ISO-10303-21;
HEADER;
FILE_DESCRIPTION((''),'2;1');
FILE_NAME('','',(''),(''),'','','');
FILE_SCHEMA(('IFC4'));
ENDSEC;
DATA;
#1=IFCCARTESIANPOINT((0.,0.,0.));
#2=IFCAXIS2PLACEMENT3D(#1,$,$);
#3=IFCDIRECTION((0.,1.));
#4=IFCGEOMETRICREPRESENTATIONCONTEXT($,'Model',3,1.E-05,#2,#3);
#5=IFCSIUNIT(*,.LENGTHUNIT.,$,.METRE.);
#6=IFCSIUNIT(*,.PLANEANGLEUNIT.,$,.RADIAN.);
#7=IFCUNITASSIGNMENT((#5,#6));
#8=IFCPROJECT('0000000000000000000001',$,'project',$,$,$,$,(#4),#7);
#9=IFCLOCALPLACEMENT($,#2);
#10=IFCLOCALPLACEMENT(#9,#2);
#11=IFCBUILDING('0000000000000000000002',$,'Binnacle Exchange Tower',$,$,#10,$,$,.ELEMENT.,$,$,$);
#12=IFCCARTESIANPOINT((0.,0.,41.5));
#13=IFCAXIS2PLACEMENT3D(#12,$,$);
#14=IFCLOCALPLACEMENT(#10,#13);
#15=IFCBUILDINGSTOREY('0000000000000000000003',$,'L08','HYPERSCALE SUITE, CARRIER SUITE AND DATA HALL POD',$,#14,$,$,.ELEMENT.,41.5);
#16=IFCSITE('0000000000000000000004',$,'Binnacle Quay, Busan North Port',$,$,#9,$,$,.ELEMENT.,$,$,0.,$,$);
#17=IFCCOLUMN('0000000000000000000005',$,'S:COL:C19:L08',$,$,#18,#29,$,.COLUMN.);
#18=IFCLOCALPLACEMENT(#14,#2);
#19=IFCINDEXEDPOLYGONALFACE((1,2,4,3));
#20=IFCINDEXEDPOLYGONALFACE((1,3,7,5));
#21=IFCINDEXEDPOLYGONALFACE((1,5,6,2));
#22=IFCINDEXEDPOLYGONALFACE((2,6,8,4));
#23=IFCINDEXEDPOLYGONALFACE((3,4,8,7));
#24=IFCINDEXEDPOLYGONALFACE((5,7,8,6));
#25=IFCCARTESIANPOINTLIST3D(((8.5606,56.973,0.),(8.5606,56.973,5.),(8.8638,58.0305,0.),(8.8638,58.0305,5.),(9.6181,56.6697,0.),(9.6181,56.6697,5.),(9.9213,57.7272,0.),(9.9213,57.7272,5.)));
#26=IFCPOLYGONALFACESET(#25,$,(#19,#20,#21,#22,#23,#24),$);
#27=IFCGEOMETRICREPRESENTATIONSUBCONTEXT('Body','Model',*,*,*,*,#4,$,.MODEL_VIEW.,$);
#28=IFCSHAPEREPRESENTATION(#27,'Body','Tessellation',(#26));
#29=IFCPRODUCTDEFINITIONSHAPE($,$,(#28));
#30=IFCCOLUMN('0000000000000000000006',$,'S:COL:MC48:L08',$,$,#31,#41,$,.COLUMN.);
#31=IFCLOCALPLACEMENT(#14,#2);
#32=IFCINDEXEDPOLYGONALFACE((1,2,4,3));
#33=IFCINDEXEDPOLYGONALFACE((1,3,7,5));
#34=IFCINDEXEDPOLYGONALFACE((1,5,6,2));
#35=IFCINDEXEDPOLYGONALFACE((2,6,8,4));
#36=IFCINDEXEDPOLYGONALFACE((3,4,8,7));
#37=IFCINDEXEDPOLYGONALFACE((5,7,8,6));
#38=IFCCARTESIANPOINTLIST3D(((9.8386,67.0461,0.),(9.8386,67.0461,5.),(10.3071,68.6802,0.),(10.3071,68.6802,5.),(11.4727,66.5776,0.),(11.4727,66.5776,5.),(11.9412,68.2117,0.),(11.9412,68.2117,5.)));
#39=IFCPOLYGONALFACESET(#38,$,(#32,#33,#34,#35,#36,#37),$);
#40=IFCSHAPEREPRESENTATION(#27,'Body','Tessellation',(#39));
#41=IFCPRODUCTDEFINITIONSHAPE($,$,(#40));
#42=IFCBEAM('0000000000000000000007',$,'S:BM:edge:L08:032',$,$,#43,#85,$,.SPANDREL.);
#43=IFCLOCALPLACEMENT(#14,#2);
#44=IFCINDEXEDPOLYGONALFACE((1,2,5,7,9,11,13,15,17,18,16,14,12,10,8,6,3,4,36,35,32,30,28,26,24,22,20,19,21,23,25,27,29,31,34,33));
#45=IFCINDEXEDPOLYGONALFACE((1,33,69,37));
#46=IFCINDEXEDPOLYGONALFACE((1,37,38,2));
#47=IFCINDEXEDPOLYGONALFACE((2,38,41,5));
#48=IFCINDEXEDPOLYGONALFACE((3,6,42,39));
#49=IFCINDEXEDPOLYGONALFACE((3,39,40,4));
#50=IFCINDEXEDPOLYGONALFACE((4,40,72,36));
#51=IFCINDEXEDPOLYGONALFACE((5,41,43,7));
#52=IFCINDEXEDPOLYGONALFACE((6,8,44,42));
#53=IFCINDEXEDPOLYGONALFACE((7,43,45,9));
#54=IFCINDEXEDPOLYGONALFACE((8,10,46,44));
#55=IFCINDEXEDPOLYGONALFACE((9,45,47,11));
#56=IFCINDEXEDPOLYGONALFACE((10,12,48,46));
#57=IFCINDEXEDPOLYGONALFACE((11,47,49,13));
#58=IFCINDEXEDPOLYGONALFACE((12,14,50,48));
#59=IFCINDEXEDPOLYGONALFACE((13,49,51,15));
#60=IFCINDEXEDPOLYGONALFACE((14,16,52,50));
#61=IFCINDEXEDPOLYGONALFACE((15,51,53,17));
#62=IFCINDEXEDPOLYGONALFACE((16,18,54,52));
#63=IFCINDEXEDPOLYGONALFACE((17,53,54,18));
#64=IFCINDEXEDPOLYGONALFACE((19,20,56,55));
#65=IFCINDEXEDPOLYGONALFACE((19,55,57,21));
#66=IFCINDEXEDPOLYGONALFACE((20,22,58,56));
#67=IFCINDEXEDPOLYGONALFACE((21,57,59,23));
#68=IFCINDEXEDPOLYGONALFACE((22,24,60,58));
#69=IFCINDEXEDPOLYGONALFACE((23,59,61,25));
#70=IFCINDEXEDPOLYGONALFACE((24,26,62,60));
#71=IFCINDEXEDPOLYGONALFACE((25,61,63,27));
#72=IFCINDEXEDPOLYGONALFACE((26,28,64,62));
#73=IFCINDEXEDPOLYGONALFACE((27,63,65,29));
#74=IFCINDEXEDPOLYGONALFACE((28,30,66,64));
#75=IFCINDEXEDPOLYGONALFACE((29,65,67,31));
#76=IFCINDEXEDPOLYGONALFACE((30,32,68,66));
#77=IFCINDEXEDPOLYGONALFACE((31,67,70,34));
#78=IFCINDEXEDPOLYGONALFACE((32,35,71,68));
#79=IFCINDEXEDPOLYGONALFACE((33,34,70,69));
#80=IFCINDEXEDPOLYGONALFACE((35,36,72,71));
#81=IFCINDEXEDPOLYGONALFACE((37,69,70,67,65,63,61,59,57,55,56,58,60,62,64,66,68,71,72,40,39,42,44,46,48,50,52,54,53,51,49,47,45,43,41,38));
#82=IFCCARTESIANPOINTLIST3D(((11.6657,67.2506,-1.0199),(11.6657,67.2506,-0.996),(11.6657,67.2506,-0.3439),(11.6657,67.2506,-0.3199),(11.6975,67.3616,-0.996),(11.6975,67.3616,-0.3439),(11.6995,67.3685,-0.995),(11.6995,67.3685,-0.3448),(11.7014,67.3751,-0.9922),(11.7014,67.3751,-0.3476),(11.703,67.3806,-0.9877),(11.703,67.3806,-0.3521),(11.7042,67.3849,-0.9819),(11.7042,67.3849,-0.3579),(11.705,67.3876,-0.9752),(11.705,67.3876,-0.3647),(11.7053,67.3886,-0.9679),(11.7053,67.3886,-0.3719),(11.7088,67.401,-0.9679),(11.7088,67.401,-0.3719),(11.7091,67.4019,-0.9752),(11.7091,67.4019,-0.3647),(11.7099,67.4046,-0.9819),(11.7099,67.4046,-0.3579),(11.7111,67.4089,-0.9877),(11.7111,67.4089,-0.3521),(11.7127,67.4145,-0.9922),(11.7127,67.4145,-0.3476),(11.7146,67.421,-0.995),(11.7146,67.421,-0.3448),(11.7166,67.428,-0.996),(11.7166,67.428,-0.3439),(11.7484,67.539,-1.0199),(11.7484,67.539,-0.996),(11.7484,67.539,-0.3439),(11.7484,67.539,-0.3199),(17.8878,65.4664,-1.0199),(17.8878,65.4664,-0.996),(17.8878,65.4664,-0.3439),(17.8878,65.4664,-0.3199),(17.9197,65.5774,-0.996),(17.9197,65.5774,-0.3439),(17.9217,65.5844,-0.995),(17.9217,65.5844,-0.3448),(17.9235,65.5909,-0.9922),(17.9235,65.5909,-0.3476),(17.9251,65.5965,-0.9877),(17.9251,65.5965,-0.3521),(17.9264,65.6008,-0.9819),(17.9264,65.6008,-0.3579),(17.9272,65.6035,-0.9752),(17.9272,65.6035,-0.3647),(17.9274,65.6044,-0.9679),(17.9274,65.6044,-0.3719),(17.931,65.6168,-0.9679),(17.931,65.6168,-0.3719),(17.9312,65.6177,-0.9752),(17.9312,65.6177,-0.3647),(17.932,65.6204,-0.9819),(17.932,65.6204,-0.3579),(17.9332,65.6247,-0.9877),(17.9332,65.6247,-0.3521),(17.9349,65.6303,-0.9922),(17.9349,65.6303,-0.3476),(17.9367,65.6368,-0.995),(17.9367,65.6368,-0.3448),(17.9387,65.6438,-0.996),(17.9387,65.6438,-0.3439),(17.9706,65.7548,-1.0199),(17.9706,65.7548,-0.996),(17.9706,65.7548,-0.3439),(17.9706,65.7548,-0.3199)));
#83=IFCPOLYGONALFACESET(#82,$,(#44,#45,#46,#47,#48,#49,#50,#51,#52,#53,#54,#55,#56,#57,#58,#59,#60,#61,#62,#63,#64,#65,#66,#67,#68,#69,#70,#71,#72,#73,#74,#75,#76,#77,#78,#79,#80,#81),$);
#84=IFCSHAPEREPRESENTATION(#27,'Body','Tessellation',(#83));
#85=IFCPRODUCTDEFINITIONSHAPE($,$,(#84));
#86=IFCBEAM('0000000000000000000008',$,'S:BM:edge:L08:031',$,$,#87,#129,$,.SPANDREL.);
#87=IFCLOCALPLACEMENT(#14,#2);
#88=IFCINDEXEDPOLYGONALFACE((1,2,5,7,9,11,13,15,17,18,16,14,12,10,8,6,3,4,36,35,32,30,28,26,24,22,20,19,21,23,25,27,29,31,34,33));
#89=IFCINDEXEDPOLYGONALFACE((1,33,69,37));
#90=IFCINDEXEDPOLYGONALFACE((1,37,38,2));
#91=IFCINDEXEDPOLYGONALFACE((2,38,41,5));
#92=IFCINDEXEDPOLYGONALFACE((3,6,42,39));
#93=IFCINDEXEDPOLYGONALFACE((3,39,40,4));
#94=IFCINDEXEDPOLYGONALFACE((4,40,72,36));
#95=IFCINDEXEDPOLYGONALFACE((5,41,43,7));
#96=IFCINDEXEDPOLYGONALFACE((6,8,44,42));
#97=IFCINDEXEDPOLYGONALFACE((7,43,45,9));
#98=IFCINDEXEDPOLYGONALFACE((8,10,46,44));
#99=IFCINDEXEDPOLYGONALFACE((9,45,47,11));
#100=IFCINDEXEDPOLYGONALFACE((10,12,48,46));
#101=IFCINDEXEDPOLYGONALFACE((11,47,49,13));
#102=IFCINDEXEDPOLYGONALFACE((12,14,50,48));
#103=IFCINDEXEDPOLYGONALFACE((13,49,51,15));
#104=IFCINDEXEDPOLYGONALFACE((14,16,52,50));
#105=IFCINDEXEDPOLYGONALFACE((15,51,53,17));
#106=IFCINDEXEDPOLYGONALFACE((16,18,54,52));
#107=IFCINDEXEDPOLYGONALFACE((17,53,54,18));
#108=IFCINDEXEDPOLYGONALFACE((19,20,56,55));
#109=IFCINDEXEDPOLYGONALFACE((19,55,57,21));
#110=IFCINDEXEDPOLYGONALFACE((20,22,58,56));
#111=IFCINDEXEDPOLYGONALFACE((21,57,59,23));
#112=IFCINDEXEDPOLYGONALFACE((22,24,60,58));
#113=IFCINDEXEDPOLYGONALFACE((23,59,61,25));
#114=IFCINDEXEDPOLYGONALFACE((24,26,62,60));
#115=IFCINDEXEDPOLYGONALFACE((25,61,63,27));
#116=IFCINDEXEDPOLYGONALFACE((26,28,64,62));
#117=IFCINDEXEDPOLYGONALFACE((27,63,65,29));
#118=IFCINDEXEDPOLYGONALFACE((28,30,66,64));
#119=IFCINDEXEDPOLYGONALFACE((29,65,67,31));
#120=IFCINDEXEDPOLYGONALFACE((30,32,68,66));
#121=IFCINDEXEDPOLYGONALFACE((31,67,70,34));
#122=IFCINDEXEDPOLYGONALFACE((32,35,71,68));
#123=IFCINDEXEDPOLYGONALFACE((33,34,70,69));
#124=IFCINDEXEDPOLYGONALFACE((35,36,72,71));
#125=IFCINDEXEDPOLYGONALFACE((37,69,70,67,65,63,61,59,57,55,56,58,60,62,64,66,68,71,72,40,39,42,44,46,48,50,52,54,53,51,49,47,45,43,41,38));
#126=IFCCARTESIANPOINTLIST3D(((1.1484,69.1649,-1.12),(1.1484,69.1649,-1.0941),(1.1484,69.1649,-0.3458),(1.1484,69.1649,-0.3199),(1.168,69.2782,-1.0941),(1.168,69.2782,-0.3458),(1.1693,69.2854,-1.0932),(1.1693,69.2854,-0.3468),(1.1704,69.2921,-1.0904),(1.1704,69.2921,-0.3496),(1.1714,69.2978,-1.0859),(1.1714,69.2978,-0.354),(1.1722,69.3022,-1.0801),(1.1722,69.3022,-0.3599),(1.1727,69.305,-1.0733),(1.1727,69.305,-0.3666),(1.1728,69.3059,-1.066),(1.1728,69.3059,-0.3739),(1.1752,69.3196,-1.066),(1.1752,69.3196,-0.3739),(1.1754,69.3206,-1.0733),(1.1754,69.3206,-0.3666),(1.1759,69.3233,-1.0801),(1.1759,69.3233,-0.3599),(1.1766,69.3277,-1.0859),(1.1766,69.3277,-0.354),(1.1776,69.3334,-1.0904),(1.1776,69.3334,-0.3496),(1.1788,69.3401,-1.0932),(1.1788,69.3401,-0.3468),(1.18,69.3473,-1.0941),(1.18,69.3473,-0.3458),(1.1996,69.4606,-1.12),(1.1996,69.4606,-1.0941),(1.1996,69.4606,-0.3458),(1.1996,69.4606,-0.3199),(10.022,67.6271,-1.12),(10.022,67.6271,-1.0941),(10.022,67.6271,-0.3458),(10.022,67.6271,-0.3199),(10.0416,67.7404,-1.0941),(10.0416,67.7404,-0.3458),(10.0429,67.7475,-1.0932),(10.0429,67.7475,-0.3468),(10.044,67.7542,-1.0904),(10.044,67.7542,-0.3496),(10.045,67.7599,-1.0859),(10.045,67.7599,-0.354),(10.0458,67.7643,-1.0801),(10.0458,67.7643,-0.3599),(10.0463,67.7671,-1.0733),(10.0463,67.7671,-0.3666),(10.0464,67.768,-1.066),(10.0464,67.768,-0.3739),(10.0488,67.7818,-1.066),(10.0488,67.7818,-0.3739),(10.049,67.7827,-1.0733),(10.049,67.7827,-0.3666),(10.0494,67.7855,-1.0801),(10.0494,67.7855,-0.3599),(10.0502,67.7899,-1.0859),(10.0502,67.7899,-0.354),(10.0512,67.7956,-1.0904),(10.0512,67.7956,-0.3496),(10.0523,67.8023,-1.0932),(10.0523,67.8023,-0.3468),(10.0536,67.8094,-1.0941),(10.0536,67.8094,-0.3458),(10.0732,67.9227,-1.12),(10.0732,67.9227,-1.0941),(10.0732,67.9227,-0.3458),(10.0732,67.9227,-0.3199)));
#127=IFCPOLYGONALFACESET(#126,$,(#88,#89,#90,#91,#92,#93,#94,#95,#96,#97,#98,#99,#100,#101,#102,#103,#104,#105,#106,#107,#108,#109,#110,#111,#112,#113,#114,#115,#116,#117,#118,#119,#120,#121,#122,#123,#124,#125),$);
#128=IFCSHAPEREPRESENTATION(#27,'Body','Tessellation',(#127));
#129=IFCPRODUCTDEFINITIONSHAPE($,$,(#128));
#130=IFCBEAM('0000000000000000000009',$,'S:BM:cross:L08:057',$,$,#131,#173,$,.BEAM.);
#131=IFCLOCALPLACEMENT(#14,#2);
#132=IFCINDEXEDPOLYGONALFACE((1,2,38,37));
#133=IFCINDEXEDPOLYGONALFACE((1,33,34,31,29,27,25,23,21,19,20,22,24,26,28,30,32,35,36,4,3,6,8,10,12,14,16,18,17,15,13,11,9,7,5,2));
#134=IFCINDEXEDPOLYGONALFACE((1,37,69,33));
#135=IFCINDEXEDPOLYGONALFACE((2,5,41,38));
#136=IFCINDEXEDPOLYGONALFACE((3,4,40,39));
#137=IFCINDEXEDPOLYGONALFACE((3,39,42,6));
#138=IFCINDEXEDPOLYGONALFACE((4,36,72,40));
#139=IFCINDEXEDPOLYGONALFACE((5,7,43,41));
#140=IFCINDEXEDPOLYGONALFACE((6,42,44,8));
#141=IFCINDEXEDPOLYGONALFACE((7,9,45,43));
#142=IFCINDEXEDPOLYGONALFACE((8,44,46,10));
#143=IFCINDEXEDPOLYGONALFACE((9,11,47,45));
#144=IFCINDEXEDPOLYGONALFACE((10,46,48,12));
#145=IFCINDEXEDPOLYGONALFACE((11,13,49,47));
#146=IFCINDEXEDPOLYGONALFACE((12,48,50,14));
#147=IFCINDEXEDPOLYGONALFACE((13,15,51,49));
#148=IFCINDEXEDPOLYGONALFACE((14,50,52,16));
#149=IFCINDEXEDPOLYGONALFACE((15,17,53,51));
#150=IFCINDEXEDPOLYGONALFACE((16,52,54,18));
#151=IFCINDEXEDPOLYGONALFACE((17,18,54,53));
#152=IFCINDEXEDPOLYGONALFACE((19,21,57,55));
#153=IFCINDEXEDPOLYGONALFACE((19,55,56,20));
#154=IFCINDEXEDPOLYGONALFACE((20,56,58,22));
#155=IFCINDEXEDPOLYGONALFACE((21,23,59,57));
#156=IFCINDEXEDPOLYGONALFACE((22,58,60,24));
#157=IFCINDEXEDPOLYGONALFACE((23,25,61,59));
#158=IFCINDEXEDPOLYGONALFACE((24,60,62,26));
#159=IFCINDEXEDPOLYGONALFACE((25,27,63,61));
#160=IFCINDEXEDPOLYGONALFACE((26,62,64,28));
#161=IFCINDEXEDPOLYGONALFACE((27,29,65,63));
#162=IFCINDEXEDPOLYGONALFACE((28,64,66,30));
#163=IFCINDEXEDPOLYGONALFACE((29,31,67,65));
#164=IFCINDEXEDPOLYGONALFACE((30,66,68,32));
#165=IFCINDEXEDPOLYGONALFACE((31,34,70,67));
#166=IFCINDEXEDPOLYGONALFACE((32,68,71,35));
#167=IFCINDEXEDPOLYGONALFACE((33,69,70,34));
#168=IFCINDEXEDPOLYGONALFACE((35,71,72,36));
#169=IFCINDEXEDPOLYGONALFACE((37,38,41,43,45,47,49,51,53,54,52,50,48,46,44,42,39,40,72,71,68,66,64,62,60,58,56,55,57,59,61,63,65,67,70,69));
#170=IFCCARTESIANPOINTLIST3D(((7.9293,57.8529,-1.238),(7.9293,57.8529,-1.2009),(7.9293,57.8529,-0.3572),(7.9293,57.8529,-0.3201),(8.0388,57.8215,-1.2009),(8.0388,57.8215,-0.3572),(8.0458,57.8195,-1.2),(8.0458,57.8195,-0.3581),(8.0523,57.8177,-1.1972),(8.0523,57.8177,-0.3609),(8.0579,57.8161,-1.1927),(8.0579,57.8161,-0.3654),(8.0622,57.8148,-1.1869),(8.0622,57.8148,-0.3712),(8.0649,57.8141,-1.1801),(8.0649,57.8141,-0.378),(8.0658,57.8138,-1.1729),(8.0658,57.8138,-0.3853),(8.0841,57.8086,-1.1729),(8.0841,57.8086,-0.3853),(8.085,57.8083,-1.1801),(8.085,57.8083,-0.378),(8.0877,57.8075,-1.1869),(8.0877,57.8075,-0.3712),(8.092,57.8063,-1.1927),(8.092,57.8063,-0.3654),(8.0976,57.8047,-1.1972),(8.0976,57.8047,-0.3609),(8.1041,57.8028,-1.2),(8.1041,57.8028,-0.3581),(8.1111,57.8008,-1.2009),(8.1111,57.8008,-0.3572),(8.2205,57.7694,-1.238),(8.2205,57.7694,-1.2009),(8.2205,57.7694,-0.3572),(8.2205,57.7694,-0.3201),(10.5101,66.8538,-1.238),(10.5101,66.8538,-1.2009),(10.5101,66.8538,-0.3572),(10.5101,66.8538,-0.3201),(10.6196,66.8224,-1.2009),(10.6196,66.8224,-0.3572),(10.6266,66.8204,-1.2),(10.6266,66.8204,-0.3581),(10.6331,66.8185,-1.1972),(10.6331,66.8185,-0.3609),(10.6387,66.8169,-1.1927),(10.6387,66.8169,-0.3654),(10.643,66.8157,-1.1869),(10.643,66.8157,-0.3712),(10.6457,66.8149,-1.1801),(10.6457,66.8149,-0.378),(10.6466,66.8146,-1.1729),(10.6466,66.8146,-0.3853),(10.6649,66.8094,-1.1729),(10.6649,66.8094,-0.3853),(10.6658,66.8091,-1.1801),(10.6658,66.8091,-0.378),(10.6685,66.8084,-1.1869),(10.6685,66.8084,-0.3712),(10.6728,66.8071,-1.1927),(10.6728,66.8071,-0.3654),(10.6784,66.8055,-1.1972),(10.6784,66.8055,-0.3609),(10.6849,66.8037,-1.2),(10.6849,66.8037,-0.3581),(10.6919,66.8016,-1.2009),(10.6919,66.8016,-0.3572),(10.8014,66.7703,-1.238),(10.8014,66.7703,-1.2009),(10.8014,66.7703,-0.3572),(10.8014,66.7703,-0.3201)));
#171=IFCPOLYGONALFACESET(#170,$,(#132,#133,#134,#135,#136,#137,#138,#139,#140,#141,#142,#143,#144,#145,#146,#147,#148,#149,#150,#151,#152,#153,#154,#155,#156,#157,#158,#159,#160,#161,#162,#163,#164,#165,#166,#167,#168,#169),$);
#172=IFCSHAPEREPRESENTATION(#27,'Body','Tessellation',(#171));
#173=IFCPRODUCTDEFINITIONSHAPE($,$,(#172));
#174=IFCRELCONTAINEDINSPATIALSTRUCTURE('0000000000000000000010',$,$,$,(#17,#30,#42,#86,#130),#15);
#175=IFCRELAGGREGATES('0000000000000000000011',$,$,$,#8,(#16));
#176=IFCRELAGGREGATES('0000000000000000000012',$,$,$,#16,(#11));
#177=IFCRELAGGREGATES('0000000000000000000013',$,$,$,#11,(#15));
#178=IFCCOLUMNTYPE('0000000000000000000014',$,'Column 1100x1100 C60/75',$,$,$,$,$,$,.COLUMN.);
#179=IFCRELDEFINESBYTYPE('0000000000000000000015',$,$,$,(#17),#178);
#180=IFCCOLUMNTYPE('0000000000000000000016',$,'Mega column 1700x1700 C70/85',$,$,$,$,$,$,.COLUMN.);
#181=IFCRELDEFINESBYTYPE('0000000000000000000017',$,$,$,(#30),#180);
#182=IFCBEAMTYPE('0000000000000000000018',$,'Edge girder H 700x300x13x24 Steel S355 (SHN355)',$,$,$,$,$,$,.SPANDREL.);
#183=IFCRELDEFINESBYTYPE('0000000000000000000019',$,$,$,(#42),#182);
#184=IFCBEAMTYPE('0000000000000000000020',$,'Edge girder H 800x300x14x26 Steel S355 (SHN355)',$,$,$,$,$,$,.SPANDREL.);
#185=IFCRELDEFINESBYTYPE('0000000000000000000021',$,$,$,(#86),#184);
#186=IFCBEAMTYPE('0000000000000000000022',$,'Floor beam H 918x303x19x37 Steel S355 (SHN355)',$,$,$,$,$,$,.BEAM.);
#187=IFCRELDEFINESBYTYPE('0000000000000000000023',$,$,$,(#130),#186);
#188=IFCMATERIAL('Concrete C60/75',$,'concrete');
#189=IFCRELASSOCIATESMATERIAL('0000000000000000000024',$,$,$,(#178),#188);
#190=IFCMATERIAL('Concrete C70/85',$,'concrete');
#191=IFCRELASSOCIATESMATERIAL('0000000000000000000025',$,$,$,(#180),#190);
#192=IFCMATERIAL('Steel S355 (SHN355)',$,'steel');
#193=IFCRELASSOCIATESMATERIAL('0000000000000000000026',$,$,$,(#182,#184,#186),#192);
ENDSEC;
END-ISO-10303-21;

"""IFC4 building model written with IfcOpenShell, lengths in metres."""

from ifc_helpers import new_model, si_unit, direction, frame, origin, origin_2d, place, context, subcontext, project, spatial, rectangle, i_section, extrude, material, material_profile, profile_set, type_object, element, save


model = new_model("IFC4")

# Units and contexts
model_context = context("Model", 3, precision=1e-05, world=origin(), true_north=direction((0.0, 1.0)))
body_context = subcontext(model_context, "Body", "Model", "MODEL_VIEW")
ifc_project = project(units=[si_unit("LENGTHUNIT", "METRE"), si_unit("PLANEANGLEUNIT", "RADIAN")], contexts=[model_context])

# Site, building, storey
site_placement = place(None, origin())
site = spatial("IfcSite", under=ifc_project, at=site_placement, Name="Binnacle Quay, Busan North Port", CompositionType="ELEMENT", RefElevation=0.0)
building_placement = place(site_placement, origin())
building = spatial("IfcBuilding", under=site, at=building_placement, Name="Binnacle Exchange Tower", CompositionType="ELEMENT")
storey_placement = place(building_placement, frame((0.0, 0.0, 41.5)))
storey = spatial("IfcBuildingStorey", under=building, at=storey_placement, Name="L08", Description="HYPERSCALE SUITE, CARRIER SUITE AND DATA HALL POD", CompositionType="ELEMENT", Elevation=41.5)

# Columns
ifc_material_1 = material(Name="Concrete C60/75", Category="concrete")
ifc_material_profile_1 = material_profile(ifc_material_1, rectangle(XDim=1.1001, YDim=1.1001, at=origin_2d()), Name="Column 1100x1100 C60/75")
ifc_profile_set_1 = profile_set([ifc_material_profile_1], Name="Concrete C60/75")
column_type_1 = type_object("IfcColumnType", Name="Column 1100x1100 C60/75", PredefinedType="COLUMN", material=ifc_profile_set_1)
column_1_placement = place(storey_placement, frame((9.241, 57.3501, 0.0), z_axis=(0.0, 0.0, 1.0), x_axis=(0.961262, -0.275637, 0.0)))
element("IfcColumn", 1, at=column_1_placement, inside=storey, type_object=column_type_1, Name="S:COL:C19:L08", PredefinedType="COLUMN", context=body_context, shape_type="SweptSolid", body=[
    extrude(rectangle(XDim=1.1001, YDim=1.1001, at=origin_2d()), origin(), (0.0, 0.0, 1.0), 5.0),
])
ifc_material_2 = material(Name="Concrete C70/85", Category="concrete")
ifc_material_profile_2 = material_profile(ifc_material_2, rectangle(XDim=1.7, YDim=1.7, at=origin_2d()), Name="Mega column 1700x1700 C70/85")
ifc_profile_set_2 = profile_set([ifc_material_profile_2], Name="Concrete C70/85")
column_type_2 = type_object("IfcColumnType", Name="Mega column 1700x1700 C70/85", PredefinedType="COLUMN", material=ifc_profile_set_2)
column_2_placement = place(storey_placement, frame((10.8899, 67.6289, 0.0), z_axis=(0.0, 0.0, 1.0), x_axis=(-0.961262, 0.275637, 0.0)))
element("IfcColumn", 2, at=column_2_placement, inside=storey, type_object=column_type_2, Name="S:COL:MC48:L08", PredefinedType="COLUMN", context=body_context, shape_type="SweptSolid", body=[
    extrude(rectangle(XDim=1.7, YDim=1.7, at=origin_2d()), origin(), (0.0, 0.0, 1.0), 5.0),
])

# Beams
ifc_material_3 = material(Name="Steel S355 (SHN355)", Category="steel")
ifc_material_profile_3 = material_profile(ifc_material_3, i_section(OverallWidth=0.3, OverallDepth=0.7, WebThickness=0.0129, FlangeThickness=0.0239, FilletRadius=0.0281, at=origin_2d()), Name="H 700x300x13x24")
ifc_profile_set_3 = profile_set([ifc_material_profile_3], Name="Steel S355 (SHN355)")
beam_type_1 = type_object("IfcBeamType", Name="Edge girder H 700x300x13x24 Steel S355 (SHN355)", PredefinedType="SPANDREL", material=ifc_profile_set_3)
beam_1_placement = place(storey_placement, frame((17.9292, 65.6106, -0.6699), z_axis=(-0.961262, 0.275638, 0.0), x_axis=(-0.275638, -0.961262, 0.0)))
element("IfcBeam", 3, at=beam_1_placement, inside=storey, type_object=beam_type_1, Name="S:BM:edge:L08:032", PredefinedType="SPANDREL", context=body_context, shape_type="SweptSolid", body=[
    extrude(i_section(OverallWidth=0.3, OverallDepth=0.7, WebThickness=0.0129, FlangeThickness=0.0239, FilletRadius=0.0281, at=origin_2d()), origin(), (0.0, 0.0, 1.0), 6.4729),
])
ifc_material_profile_4 = material_profile(ifc_material_3, i_section(OverallWidth=0.3, OverallDepth=0.8, WebThickness=0.0139, FlangeThickness=0.0259, FilletRadius=0.0281, at=origin_2d()), Name="H 800x300x14x26")
ifc_profile_set_4 = profile_set([ifc_material_profile_4], Name="Steel S355 (SHN355)")
beam_type_2 = type_object("IfcBeamType", Name="Edge girder H 800x300x14x26 Steel S355 (SHN355)", PredefinedType="SPANDREL", material=ifc_profile_set_4)
beam_2_placement = place(storey_placement, frame((10.0476, 67.7749, -0.72), z_axis=(-0.985312, 0.170761, 0.0), x_axis=(-0.170761, -0.985312, 0.0)))
element("IfcBeam", 4, at=beam_2_placement, inside=storey, type_object=beam_type_2, Name="S:BM:edge:L08:031", PredefinedType="SPANDREL", context=body_context, shape_type="SweptSolid", body=[
    extrude(i_section(OverallWidth=0.3, OverallDepth=0.8, WebThickness=0.0139, FlangeThickness=0.0259, FilletRadius=0.0281, at=origin_2d()), origin(), (0.0, 0.0, 1.0), 9.0059),
])
ifc_material_profile_5 = material_profile(ifc_material_3, i_section(OverallWidth=0.303, OverallDepth=0.918, WebThickness=0.019, FlangeThickness=0.0371, FilletRadius=0.0281, at=origin_2d()), Name="H 918x303x19x37")
ifc_profile_set_5 = profile_set([ifc_material_profile_5], Name="Steel S355 (SHN355)")
beam_type_3 = type_object("IfcBeamType", Name="Floor beam H 918x303x19x37 Steel S355 (SHN355)", PredefinedType="BEAM", material=ifc_profile_set_5)
beam_3_placement = place(storey_placement, frame((10.6558, 66.812, -0.7791), z_axis=(-0.275627, -0.961265, 0.0), x_axis=(0.961265, -0.275627, 0.0)))
element("IfcBeam", 5, at=beam_3_placement, inside=storey, type_object=beam_type_3, Name="S:BM:cross:L08:057", PredefinedType="BEAM", context=body_context, shape_type="SweptSolid", body=[
    extrude(i_section(OverallWidth=0.303, OverallDepth=0.918, WebThickness=0.019, FlangeThickness=0.0371, FilletRadius=0.0281, at=origin_2d()), origin(), (0.0, 0.0, 1.0), 9.3635),
])

save(model, "model.ifc")
